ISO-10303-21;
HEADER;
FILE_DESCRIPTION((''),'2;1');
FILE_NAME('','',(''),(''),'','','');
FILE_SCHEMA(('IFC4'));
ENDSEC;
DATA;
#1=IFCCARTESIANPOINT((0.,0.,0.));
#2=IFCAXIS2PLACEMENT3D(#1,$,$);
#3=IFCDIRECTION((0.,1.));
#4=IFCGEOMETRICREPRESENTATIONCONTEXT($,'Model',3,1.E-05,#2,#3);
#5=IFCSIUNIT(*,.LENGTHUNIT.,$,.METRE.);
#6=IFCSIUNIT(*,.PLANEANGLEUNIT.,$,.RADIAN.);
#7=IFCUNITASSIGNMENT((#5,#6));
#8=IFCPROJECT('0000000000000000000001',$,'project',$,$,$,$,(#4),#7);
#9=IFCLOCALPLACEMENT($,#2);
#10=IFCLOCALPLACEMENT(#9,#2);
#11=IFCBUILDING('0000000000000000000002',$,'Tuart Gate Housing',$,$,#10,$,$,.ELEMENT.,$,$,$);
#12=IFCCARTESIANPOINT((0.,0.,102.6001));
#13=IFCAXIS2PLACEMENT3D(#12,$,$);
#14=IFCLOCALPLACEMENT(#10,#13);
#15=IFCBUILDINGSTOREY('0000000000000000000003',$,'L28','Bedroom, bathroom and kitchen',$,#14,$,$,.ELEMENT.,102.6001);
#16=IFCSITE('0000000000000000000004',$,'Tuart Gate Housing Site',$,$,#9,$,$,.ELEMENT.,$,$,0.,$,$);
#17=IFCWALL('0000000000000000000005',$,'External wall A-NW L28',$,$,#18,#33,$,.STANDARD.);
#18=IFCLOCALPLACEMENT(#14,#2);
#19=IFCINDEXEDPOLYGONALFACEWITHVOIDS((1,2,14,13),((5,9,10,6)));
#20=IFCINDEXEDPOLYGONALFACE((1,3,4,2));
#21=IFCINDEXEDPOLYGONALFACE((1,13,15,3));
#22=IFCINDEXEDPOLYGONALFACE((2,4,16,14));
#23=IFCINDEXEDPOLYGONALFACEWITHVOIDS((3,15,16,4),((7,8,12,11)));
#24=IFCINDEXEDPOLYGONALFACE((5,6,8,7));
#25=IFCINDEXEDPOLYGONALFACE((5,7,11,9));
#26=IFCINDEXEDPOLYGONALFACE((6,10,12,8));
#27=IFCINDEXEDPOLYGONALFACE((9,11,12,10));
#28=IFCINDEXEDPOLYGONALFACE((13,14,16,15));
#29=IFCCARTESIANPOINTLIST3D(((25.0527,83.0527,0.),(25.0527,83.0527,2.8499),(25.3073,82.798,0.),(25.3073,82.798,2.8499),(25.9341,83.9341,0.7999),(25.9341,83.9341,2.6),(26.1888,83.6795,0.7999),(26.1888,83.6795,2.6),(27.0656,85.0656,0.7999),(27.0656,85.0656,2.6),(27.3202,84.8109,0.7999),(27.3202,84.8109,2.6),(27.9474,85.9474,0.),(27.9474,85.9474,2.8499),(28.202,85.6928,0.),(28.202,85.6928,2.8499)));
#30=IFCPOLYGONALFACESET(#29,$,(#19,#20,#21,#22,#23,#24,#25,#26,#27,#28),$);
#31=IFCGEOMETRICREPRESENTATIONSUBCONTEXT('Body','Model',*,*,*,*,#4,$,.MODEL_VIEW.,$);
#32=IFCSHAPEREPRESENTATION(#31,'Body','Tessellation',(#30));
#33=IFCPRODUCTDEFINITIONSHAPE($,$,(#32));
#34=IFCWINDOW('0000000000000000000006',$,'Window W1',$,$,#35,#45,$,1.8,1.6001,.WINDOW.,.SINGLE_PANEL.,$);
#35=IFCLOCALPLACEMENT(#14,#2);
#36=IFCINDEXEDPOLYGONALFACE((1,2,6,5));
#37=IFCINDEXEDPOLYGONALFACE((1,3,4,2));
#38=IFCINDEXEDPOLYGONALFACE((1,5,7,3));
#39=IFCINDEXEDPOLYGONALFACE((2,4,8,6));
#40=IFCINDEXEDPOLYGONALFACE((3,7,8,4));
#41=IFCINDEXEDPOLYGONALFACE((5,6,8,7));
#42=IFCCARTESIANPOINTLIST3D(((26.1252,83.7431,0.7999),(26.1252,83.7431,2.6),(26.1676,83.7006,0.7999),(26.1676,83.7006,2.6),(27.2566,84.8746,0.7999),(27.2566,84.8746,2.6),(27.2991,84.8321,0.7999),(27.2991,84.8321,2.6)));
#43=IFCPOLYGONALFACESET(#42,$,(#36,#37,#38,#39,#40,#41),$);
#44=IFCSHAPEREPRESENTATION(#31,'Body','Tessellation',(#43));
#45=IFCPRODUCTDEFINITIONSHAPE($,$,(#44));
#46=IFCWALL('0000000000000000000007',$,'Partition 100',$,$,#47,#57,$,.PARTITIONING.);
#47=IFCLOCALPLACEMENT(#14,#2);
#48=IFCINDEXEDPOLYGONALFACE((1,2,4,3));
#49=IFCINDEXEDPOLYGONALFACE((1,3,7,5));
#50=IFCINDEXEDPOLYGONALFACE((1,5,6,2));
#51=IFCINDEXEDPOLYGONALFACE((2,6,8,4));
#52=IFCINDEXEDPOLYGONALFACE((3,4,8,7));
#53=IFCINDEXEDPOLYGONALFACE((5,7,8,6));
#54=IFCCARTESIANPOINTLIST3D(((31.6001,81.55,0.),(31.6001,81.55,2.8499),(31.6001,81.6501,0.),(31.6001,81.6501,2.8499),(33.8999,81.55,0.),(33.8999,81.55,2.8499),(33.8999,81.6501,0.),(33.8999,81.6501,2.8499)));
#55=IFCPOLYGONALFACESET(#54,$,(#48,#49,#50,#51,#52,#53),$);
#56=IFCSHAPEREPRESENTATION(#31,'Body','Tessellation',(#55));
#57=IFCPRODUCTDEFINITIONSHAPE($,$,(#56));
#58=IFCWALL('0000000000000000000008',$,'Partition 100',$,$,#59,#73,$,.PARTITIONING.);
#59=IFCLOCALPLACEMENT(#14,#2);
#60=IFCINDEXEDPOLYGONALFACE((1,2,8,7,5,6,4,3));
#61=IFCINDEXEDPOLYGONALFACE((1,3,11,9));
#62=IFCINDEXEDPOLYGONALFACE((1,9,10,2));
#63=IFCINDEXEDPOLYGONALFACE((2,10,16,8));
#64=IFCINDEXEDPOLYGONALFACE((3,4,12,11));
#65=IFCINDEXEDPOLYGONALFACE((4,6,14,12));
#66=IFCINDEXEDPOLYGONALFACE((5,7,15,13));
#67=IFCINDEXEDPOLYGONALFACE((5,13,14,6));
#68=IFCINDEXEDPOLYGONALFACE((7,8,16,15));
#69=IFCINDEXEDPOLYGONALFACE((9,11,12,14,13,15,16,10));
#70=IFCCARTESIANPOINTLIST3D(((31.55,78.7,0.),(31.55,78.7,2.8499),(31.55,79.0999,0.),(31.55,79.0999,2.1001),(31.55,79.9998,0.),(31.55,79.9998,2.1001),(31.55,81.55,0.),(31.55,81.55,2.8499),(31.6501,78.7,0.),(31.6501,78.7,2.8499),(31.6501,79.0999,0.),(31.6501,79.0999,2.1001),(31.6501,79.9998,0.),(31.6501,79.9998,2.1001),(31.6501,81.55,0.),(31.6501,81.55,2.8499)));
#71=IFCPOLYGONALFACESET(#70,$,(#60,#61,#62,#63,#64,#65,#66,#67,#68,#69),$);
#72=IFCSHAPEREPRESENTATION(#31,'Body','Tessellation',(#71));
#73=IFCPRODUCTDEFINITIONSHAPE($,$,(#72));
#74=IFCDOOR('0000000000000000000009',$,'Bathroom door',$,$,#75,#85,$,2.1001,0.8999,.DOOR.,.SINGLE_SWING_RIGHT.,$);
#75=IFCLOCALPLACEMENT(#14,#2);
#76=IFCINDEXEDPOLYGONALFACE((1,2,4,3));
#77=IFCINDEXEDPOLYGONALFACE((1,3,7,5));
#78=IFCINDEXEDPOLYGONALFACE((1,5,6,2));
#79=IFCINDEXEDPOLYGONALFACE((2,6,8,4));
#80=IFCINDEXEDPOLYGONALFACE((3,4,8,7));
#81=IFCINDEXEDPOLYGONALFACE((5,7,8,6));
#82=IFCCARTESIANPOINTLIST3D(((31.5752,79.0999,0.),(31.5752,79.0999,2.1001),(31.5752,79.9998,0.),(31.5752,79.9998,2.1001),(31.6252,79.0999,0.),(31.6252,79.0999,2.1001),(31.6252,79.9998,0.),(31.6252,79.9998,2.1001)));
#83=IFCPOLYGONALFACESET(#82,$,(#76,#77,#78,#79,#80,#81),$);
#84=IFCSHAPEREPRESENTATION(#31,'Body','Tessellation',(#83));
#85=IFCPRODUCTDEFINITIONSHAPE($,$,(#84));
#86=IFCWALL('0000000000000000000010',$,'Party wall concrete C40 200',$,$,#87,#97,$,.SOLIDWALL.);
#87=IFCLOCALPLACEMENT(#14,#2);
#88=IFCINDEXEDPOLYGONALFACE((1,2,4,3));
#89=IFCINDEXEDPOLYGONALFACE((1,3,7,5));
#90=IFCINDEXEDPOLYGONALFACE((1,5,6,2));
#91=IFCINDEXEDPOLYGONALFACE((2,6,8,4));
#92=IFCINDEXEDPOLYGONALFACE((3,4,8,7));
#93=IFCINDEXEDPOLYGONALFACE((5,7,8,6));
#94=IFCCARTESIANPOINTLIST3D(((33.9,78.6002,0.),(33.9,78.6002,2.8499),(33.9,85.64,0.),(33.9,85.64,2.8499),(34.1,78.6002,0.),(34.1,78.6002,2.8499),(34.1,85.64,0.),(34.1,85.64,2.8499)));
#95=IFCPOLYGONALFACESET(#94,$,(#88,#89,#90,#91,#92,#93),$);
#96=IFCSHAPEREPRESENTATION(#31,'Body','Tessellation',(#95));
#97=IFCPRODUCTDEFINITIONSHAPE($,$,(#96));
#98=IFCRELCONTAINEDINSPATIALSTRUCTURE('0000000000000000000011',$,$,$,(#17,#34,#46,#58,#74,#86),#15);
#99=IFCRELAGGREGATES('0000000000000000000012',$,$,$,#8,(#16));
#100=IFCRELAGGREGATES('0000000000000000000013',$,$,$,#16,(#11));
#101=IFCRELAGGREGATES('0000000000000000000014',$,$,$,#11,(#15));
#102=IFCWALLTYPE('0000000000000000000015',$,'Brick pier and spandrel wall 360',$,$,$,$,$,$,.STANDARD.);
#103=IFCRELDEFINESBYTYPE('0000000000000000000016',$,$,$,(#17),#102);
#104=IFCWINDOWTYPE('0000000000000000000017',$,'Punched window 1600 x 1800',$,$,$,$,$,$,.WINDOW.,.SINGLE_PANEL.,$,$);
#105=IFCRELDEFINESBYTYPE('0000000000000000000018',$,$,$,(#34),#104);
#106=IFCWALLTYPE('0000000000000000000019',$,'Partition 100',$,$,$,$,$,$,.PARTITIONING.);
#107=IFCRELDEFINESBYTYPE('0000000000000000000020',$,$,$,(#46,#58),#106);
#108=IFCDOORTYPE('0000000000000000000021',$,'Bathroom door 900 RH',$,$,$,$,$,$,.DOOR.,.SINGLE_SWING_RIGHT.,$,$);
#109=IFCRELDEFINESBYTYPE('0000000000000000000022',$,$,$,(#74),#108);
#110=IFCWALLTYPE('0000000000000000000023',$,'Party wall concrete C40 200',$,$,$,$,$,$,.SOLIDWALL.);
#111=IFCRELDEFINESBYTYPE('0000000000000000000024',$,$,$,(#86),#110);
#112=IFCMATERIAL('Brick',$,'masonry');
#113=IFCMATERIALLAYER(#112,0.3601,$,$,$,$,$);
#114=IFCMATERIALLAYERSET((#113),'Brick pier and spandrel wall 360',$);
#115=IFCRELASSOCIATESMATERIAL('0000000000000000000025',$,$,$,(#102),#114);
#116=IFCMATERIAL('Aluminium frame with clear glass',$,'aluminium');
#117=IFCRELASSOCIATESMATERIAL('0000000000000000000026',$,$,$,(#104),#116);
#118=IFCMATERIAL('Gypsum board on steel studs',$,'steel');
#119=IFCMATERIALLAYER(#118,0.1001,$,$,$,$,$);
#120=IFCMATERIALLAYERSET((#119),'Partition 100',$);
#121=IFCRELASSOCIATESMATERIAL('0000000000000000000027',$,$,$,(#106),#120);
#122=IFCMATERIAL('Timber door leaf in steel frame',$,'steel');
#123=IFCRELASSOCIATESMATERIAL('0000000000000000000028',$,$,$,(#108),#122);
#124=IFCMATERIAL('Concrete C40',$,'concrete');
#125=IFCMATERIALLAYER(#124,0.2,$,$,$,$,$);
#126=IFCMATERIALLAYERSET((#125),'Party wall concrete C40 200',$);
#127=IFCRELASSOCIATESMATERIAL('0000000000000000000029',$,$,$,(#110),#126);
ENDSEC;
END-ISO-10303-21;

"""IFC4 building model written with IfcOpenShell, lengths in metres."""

from ifc_helpers import new_model, si_unit, direction, frame, frame_2d, origin, place, context, subcontext, project, spatial, rectangle, extrude, material, layer, layer_set, type_object, element, fill, save


model = new_model("IFC4")

# Units and contexts
model_context = context("Model", 3, precision=1e-05, world=origin(), true_north=direction((0.0, 1.0)))
body_context = subcontext(model_context, "Body", "Model", "MODEL_VIEW")
ifc_project = project(units=[si_unit("LENGTHUNIT", "METRE"), si_unit("PLANEANGLEUNIT", "RADIAN")], contexts=[model_context])

# Site, building, storey
site_placement = place(None, origin())
site = spatial("IfcSite", under=ifc_project, at=site_placement, Name="Tuart Gate Housing Site", CompositionType="ELEMENT", RefElevation=0.0)
building_placement = place(site_placement, origin())
building = spatial("IfcBuilding", under=site, at=building_placement, Name="Tuart Gate Housing", CompositionType="ELEMENT")
storey_placement = place(building_placement, frame((0.0, 0.0, 102.6001)))
storey = spatial("IfcBuildingStorey", under=building, at=storey_placement, Name="L28", Description="Bedroom, bathroom and kitchen", CompositionType="ELEMENT", Elevation=102.6001)

# Wall, opening, window
ifc_material_1 = material(Name="Brick", Category="masonry")
ifc_layer_1 = layer(ifc_material_1, 0.3601)
ifc_layer_set_1 = layer_set([ifc_layer_1], Name="Brick pier and spandrel wall 360")
wall_type_1 = type_object("IfcWallType", Name="Brick pier and spandrel wall 360", PredefinedType="STANDARD", material=ifc_layer_set_1)
wall_1_placement = place(storey_placement, frame((28.0747, 85.8201, 0.0), z_axis=(0.0, 0.0, 1.0), x_axis=(-0.707107, -0.707107, 0.0)))
wall_1 = element("IfcWall", 1, at=wall_1_placement, inside=storey, type_object=wall_type_1, Name="External wall A-NW L28", PredefinedType="STANDARD", context=body_context, shape_type="SweptSolid", body=[
    extrude(rectangle(XDim=4.0938, YDim=0.3601, at=frame_2d((2.0469, 0.0))), origin(), (0.0, 0.0, 1.0), 2.8499),
])
opening_1_placement = place(wall_1_placement, frame((1.2471, 0.0, 0.8)))
opening_1 = element("IfcOpeningElement", 2, at=opening_1_placement, cuts=wall_1, PredefinedType="OPENING", context=body_context, shape_type="SweptSolid", body=[
    extrude(rectangle(XDim=1.6001, YDim=1.8, at=frame_2d((0.8, 0.8999))), frame((0.0, 0.1899, 0.0), z_axis=(0.0, -1.0, 0.0), x_axis=(1.0, 0.0, 0.0)), (0.0, 0.0, 1.0), 0.3801),
])
ifc_material_2 = material(Name="Aluminium frame with clear glass", Category="aluminium")
window_type = type_object("IfcWindowType", Name="Punched window 1600 x 1800", PartitioningType="SINGLE_PANEL", PredefinedType="WINDOW", material=ifc_material_2)
window_placement = place(opening_1_placement, origin())
window = element("IfcWindow", 3, at=window_placement, inside=storey, type_object=window_type, Name="Window W1", OverallHeight=1.8, OverallWidth=1.6001, PartitioningType="SINGLE_PANEL", PredefinedType="WINDOW", context=body_context, shape_type="SweptSolid", body=[
    extrude(rectangle(XDim=1.6001, YDim=1.8, at=frame_2d((0.8, 0.8999))), frame((0.0, 0.1501, 0.0), z_axis=(0.0, -1.0, 0.0), x_axis=(1.0, 0.0, 0.0)), (0.0, 0.0, 1.0), 0.0601),
])
fill(opening_1, window)

# Wall
ifc_material_3 = material(Name="Gypsum board on steel studs", Category="steel")
ifc_layer_2 = layer(ifc_material_3, 0.1001)
ifc_layer_set_2 = layer_set([ifc_layer_2], Name="Partition 100")
wall_type_2 = type_object("IfcWallType", Name="Partition 100", PredefinedType="PARTITIONING", material=ifc_layer_set_2)
wall_2_placement = place(storey_placement, frame((31.6001, 81.6001, 0.0), z_axis=(0.0, 0.0, 1.0), x_axis=(1.0, 0.0, 0.0)))
element("IfcWall", 4, at=wall_2_placement, inside=storey, type_object=wall_type_2, Name="Partition 100", PredefinedType="PARTITIONING", context=body_context, shape_type="SweptSolid", body=[
    extrude(rectangle(XDim=2.2998, YDim=0.1001, at=frame_2d((1.1499, 0.0))), origin(), (0.0, 0.0, 1.0), 2.8499),
])

# Wall, opening, door
wall_3_placement = place(storey_placement, frame((31.6001, 78.7, 0.0), z_axis=(0.0, 0.0, 1.0), x_axis=(0.0, 1.0, 0.0)))
wall_3 = element("IfcWall", 5, at=wall_3_placement, inside=storey, type_object=wall_type_2, Name="Partition 100", PredefinedType="PARTITIONING", context=body_context, shape_type="SweptSolid", body=[
    extrude(rectangle(XDim=2.8501, YDim=0.1001, at=frame_2d((1.425, 0.0))), origin(), (0.0, 0.0, 1.0), 2.8499),
])
opening_2_placement = place(wall_3_placement, frame((0.3999, 0.0, 0.0)))
opening_2 = element("IfcOpeningElement", 6, at=opening_2_placement, cuts=wall_3, PredefinedType="OPENING", context=body_context, shape_type="SweptSolid", body=[
    extrude(rectangle(XDim=0.8999, YDim=2.1001, at=frame_2d((0.45, 1.05))), frame((0.0, 0.0601, 0.0), z_axis=(0.0, -1.0, 0.0), x_axis=(1.0, 0.0, 0.0)), (0.0, 0.0, 1.0), 0.1201),
])
ifc_material_4 = material(Name="Timber door leaf in steel frame", Category="steel")
door_type = type_object("IfcDoorType", Name="Bathroom door 900 RH", OperationType="SINGLE_SWING_RIGHT", PredefinedType="DOOR", material=ifc_material_4)
door_placement = place(opening_2_placement, frame((0.8999, 0.0, 0.0), z_axis=(0.0, 0.0, 1.0), x_axis=(-1.0, 0.0, 0.0)))
door = element("IfcDoor", 7, at=door_placement, inside=storey, type_object=door_type, Name="Bathroom door", OperationType="SINGLE_SWING_RIGHT", OverallHeight=2.1001, OverallWidth=0.8999, PredefinedType="DOOR", context=body_context, shape_type="SweptSolid", body=[
    extrude(rectangle(XDim=0.8999, YDim=2.1001, at=frame_2d((0.45, 1.05))), frame((0.0, 0.0251, 0.0), z_axis=(0.0, -1.0, 0.0), x_axis=(1.0, 0.0, 0.0)), (0.0, 0.0, 1.0), 0.05),
])
fill(opening_2, door)

# Wall
ifc_material_5 = material(Name="Concrete C40", Category="concrete")
ifc_layer_3 = layer(ifc_material_5, 0.2)
ifc_layer_set_3 = layer_set([ifc_layer_3], Name="Party wall concrete C40 200")
wall_type_3 = type_object("IfcWallType", Name="Party wall concrete C40 200", PredefinedType="SOLIDWALL", material=ifc_layer_set_3)
wall_4_placement = place(storey_placement, frame((34.0, 78.6001, 0.0), z_axis=(0.0, 0.0, 1.0), x_axis=(0.0, 1.0, 0.0)))
element("IfcWall", 8, at=wall_4_placement, inside=storey, type_object=wall_type_3, Name="Party wall concrete C40 200", PredefinedType="SOLIDWALL", context=body_context, shape_type="SweptSolid", body=[
    extrude(rectangle(XDim=7.0398, YDim=0.2, at=frame_2d((3.52, 0.0))), origin(), (0.0, 0.0, 1.0), 2.8499),
])

save(model, "model.ifc")
